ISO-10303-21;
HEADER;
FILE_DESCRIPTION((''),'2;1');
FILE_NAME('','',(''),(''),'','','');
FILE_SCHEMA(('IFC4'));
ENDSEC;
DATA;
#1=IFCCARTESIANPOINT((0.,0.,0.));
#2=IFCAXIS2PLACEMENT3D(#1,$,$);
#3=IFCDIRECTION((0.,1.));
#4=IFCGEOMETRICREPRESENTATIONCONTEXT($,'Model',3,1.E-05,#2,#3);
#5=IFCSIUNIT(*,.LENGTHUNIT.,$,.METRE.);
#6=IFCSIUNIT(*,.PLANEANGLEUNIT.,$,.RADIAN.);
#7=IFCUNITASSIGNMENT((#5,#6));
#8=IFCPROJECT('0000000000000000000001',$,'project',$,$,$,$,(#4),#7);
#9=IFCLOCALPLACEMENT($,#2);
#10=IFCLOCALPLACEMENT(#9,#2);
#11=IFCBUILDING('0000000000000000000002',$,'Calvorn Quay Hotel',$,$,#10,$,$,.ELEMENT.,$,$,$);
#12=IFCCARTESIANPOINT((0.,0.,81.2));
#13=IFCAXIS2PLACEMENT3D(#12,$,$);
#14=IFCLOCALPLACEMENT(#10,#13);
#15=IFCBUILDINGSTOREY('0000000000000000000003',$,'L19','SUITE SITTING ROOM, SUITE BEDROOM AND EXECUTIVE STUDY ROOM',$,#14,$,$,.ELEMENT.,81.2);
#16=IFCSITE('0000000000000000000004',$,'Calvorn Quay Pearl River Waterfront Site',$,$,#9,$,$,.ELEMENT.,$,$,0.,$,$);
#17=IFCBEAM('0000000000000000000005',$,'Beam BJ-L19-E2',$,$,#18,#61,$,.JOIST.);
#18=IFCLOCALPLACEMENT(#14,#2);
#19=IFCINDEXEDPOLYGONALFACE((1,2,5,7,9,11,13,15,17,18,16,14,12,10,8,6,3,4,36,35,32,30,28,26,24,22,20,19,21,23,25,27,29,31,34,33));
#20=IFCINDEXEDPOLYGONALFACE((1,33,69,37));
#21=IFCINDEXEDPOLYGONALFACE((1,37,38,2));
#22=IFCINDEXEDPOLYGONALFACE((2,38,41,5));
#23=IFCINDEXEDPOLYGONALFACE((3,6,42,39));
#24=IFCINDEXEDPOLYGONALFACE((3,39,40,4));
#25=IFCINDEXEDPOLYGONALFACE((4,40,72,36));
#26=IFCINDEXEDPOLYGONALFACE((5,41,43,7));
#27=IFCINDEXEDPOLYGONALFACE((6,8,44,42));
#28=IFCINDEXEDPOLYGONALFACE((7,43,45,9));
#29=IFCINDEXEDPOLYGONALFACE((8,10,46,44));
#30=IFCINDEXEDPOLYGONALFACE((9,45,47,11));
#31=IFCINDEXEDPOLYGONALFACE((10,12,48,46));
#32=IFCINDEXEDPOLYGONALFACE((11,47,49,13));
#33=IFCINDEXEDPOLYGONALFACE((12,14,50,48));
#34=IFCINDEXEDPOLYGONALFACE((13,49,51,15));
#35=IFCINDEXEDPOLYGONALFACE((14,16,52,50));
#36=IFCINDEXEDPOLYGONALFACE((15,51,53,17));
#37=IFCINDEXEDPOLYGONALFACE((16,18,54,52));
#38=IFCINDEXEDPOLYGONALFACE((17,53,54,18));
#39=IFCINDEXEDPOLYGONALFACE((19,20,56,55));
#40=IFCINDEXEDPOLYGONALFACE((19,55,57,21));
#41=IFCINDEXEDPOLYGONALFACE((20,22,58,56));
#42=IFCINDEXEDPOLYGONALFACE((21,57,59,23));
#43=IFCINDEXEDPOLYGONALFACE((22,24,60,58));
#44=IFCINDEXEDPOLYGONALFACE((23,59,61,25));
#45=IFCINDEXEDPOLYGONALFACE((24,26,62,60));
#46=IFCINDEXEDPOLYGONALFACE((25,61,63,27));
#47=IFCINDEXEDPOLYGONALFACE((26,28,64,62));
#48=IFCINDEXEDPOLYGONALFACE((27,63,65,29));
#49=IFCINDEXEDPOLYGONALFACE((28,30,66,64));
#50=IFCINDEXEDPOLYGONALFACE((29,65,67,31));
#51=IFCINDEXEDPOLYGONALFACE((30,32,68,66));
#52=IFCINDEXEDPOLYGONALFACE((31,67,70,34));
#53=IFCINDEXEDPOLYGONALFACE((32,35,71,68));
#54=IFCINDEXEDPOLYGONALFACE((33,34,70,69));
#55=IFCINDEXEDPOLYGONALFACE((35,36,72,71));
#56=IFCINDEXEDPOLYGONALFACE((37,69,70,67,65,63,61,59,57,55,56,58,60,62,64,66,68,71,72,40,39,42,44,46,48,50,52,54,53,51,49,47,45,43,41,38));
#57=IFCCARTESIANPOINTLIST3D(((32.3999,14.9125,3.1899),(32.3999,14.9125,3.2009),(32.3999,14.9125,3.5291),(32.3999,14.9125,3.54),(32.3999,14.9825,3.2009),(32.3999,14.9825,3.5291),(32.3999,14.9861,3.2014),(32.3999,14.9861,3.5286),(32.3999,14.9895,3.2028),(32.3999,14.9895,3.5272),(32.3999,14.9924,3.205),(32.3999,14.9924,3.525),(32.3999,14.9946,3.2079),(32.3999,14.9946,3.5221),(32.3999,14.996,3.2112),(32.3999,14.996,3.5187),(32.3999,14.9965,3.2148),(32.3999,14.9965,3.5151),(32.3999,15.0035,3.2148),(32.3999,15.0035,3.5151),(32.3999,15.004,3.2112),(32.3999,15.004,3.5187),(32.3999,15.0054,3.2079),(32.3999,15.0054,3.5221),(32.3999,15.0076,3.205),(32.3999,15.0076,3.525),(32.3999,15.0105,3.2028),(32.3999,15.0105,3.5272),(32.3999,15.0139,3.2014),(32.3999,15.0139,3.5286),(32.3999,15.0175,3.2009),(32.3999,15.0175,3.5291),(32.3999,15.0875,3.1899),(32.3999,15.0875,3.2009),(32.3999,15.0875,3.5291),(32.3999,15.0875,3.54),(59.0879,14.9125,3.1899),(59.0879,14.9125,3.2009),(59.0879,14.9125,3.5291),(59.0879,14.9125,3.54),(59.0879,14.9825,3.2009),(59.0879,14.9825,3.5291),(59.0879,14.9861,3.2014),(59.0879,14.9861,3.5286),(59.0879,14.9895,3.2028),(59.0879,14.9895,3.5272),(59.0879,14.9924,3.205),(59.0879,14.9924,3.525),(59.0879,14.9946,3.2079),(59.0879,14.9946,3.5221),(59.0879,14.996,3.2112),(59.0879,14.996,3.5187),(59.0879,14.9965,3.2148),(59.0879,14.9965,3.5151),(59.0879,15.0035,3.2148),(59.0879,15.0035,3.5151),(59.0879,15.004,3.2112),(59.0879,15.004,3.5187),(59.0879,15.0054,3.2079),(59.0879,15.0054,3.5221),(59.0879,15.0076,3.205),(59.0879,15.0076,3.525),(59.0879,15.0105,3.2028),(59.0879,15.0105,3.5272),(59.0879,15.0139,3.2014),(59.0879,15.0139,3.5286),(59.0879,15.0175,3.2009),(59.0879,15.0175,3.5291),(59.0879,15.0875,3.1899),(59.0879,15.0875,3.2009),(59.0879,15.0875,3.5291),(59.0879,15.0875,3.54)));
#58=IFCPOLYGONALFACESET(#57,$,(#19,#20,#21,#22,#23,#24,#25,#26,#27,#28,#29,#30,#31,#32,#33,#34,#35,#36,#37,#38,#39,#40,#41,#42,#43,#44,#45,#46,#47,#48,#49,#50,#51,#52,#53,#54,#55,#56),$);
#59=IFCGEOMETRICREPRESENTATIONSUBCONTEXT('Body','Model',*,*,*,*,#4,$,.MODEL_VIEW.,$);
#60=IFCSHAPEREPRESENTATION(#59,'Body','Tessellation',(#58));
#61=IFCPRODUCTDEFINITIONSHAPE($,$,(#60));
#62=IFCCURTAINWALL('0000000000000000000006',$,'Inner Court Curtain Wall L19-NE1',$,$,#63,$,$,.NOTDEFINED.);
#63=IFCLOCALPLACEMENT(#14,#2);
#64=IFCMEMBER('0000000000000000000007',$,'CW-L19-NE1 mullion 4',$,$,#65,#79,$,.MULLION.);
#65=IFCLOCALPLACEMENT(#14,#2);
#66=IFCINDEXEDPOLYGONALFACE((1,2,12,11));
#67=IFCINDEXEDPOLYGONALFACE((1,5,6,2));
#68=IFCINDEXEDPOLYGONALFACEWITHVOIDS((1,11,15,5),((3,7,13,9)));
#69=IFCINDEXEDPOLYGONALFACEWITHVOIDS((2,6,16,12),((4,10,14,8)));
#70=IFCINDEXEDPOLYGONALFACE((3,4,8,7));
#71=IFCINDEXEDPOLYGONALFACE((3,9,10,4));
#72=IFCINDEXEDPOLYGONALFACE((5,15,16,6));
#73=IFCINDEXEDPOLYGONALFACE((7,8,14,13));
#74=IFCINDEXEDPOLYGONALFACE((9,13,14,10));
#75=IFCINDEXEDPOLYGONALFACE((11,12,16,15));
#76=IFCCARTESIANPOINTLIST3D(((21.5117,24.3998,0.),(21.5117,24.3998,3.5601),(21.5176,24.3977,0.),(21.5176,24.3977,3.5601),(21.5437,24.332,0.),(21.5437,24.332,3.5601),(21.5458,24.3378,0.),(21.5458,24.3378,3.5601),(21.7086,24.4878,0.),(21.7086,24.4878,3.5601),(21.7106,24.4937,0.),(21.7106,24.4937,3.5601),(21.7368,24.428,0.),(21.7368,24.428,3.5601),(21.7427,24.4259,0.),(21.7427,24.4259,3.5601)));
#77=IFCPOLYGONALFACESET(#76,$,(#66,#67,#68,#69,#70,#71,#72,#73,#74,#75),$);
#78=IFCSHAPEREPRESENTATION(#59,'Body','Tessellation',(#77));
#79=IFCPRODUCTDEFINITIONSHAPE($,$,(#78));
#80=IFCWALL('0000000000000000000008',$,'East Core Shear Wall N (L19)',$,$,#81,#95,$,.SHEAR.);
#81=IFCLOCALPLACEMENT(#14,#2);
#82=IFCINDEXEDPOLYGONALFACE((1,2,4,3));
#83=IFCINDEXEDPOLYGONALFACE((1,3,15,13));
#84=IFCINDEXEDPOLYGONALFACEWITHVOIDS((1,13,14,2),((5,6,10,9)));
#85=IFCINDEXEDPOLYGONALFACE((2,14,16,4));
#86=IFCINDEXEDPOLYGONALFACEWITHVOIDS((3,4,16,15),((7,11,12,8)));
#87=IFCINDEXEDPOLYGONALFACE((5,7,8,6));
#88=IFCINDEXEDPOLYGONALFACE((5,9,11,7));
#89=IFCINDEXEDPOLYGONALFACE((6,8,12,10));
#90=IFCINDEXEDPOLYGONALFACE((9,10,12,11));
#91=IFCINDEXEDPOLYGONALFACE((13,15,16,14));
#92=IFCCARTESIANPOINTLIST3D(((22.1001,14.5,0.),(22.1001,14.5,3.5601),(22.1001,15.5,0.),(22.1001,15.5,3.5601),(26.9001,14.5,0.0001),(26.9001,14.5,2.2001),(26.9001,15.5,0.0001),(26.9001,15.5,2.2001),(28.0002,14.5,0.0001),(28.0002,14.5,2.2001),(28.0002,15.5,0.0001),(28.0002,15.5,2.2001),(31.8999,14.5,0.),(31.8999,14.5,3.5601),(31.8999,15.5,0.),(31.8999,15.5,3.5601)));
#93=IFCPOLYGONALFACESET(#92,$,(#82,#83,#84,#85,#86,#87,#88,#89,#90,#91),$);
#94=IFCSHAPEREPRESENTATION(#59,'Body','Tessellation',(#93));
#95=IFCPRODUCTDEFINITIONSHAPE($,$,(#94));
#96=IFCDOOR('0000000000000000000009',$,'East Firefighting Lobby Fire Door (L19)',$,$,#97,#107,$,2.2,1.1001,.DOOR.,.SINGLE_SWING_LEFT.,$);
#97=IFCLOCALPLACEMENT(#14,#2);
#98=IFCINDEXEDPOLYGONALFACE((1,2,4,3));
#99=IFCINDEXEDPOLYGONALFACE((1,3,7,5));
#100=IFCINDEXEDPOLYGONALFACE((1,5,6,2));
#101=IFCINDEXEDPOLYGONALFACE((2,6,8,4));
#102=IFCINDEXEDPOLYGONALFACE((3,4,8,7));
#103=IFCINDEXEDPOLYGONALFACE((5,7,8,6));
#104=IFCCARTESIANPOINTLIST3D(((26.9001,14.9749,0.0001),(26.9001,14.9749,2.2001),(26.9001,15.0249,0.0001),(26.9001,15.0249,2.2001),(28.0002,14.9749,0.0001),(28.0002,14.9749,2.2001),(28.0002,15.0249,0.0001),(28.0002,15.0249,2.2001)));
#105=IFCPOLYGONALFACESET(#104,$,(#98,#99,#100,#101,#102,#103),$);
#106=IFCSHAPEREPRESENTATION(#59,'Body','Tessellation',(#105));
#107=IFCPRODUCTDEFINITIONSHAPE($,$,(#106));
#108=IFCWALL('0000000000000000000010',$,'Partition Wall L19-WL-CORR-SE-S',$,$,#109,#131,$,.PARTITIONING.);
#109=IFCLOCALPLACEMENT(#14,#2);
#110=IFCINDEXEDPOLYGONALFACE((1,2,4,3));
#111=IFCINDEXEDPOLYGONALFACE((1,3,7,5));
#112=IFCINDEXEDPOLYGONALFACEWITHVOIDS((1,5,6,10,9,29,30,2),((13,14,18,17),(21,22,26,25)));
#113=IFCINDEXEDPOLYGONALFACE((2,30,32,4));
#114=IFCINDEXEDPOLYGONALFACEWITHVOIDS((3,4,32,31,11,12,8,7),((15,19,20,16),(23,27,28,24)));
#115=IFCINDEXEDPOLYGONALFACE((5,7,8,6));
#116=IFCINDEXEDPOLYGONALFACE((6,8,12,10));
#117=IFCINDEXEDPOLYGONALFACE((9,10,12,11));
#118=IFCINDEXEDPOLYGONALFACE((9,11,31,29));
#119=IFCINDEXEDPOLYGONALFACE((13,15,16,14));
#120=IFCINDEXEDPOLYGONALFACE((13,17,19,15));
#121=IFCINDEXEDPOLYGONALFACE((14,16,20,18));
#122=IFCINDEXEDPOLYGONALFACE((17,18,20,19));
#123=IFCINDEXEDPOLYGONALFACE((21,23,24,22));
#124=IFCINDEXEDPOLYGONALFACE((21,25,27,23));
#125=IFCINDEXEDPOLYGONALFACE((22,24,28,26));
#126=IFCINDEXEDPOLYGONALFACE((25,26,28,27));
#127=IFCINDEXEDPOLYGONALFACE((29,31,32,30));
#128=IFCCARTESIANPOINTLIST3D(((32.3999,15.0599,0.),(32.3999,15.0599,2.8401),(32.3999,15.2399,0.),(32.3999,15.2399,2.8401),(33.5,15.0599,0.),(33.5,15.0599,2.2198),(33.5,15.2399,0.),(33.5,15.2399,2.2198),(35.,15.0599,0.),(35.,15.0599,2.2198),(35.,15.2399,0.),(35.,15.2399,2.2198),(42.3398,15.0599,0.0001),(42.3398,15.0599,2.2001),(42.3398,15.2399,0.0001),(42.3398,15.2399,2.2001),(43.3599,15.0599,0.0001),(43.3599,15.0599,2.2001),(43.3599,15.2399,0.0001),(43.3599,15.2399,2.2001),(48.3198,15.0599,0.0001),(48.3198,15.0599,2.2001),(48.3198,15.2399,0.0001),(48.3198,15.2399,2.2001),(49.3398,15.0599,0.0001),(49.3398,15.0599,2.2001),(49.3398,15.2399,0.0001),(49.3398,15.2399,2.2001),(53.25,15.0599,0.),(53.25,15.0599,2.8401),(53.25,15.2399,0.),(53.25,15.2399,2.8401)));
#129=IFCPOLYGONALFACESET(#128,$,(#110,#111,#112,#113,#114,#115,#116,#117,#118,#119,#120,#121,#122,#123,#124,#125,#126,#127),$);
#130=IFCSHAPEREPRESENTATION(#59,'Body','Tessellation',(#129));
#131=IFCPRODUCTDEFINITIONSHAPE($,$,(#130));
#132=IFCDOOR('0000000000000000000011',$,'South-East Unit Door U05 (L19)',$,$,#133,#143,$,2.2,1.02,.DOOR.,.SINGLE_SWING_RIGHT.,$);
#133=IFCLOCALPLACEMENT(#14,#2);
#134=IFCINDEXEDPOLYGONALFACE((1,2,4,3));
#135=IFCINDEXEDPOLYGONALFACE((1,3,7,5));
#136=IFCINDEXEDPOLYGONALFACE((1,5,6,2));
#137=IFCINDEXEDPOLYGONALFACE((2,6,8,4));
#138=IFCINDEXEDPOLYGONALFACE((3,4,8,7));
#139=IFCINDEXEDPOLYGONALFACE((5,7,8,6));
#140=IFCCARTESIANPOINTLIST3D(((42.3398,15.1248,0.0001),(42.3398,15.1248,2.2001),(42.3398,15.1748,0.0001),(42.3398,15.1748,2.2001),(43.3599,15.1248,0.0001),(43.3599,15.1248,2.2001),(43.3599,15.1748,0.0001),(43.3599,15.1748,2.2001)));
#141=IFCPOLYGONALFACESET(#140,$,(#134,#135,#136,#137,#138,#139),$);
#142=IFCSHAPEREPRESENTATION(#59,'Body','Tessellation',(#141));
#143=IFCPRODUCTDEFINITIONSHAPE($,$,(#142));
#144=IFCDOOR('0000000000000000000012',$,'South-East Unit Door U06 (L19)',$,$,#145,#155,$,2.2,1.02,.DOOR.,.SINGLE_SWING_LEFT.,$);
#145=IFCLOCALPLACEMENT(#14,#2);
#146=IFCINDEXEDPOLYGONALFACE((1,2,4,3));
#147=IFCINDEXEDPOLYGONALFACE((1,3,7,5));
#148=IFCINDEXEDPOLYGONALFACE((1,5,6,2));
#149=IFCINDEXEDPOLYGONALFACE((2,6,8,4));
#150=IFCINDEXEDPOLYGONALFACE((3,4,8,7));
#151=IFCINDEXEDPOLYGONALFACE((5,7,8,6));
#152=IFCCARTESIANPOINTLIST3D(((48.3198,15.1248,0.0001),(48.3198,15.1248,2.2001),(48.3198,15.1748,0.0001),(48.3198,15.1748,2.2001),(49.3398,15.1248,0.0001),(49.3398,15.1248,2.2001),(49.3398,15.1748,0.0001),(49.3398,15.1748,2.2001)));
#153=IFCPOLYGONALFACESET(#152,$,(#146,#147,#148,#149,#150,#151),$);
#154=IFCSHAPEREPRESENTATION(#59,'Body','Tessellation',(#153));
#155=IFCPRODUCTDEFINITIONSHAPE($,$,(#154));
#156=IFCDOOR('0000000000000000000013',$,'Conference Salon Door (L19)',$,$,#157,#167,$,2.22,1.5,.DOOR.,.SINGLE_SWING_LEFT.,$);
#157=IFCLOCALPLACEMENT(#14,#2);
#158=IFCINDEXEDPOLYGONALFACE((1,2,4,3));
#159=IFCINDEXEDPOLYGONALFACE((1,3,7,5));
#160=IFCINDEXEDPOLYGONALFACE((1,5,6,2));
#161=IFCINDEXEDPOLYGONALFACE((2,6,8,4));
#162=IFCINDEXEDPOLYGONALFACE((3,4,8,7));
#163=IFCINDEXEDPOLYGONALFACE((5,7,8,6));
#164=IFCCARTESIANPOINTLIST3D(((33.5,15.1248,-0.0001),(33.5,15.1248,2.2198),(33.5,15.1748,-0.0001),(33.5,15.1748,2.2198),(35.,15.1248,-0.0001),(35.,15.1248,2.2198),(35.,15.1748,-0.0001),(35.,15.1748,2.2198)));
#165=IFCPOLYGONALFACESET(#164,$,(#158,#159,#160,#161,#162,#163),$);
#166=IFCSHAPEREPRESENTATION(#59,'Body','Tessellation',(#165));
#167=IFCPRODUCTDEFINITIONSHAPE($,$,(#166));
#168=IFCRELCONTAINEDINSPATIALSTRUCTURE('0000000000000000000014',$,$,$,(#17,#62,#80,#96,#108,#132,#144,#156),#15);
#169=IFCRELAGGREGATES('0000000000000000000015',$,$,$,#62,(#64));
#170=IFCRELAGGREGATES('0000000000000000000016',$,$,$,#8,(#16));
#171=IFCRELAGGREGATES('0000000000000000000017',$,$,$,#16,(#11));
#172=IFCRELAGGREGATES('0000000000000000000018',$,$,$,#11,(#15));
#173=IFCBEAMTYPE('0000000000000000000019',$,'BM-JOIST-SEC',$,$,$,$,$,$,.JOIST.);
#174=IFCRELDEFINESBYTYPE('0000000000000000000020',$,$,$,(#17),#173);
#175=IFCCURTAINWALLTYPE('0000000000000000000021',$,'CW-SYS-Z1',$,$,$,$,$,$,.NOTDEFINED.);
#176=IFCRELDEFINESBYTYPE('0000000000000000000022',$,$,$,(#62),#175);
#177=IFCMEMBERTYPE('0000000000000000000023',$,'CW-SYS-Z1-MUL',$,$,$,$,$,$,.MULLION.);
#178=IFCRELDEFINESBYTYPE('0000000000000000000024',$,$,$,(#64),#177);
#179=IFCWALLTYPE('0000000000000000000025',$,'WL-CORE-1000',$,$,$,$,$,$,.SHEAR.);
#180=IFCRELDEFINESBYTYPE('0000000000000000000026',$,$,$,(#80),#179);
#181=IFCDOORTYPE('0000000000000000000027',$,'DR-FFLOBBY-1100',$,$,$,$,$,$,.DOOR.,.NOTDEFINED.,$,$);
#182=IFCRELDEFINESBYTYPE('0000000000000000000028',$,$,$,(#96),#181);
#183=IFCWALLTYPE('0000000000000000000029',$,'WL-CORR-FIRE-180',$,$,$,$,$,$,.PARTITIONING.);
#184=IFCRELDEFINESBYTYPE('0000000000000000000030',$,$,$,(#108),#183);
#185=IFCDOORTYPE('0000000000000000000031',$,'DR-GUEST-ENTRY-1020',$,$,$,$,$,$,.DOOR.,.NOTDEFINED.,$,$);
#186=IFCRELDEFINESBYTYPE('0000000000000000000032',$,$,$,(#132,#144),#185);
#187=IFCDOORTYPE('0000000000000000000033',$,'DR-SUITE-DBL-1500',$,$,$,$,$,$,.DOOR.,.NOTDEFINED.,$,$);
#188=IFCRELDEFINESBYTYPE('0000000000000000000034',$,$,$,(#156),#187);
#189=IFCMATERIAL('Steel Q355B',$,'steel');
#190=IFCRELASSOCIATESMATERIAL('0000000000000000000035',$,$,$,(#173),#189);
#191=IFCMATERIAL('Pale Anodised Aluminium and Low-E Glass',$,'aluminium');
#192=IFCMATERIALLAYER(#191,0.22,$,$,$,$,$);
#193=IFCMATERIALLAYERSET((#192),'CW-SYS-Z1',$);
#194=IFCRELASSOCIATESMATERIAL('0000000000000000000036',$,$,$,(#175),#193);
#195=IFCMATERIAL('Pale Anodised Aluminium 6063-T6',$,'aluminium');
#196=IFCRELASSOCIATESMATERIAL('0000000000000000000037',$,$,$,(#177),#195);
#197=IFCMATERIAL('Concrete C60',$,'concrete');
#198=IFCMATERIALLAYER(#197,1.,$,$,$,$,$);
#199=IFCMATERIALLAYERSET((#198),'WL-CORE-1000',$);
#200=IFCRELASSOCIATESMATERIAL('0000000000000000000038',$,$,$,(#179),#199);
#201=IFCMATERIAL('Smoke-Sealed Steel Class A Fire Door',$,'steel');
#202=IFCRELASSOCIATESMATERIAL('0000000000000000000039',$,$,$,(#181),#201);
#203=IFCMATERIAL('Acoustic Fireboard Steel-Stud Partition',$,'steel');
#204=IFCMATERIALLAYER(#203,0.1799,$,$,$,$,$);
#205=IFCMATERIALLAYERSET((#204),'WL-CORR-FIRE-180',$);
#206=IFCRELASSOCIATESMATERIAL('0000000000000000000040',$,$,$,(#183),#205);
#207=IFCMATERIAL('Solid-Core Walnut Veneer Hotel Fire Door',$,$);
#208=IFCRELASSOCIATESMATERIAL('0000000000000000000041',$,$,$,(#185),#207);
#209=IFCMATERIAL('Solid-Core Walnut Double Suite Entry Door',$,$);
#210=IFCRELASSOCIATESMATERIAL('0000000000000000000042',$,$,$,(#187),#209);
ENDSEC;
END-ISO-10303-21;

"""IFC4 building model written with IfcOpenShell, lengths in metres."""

from ifc_helpers import new_model, si_unit, direction, frame, frame_2d, origin, origin_2d, place, context, subcontext, project, spatial, rectangle, hollow_rectangle, i_section, extrude, material, layer, layer_set, material_profile, profile_set, type_object, element, fill, aggregate, save


model = new_model("IFC4")

# Units and contexts
model_context = context("Model", 3, precision=1e-05, world=origin(), true_north=direction((0.0, 1.0)))
body_context = subcontext(model_context, "Body", "Model", "MODEL_VIEW")
ifc_project = project(units=[si_unit("LENGTHUNIT", "METRE"), si_unit("PLANEANGLEUNIT", "RADIAN")], contexts=[model_context])

# Site, building, storey
site_placement = place(None, origin())
site = spatial("IfcSite", under=ifc_project, at=site_placement, Name="Calvorn Quay Pearl River Waterfront Site", CompositionType="ELEMENT", RefElevation=0.0)
building_placement = place(site_placement, origin())
building = spatial("IfcBuilding", under=site, at=building_placement, Name="Calvorn Quay Hotel", CompositionType="ELEMENT")
storey_placement = place(building_placement, frame((0.0, 0.0, 81.2)))
storey = spatial("IfcBuildingStorey", under=building, at=storey_placement, Name="L19", Description="SUITE SITTING ROOM, SUITE BEDROOM AND EXECUTIVE STUDY ROOM", CompositionType="ELEMENT", Elevation=81.2)

# Beam
ifc_material_1 = material(Name="Steel Q355B", Category="steel")
ifc_material_profile_1 = material_profile(ifc_material_1, i_section(OverallWidth=0.175, OverallDepth=0.3501, WebThickness=0.0071, FlangeThickness=0.011, FilletRadius=0.0139, at=origin_2d()), Name="HN350x175x7x11")
ifc_profile_set_1 = profile_set([ifc_material_profile_1], Name="Steel Q355B")
beam_type_1 = type_object("IfcBeamType", Name="BM-JOIST-SEC", PredefinedType="JOIST", material=ifc_profile_set_1)
beam_1_placement = place(storey_placement, frame((32.3999, 15.0, 3.365), z_axis=(1.0, 0.0, 0.0), x_axis=(0.0, 1.0, 0.0)))
element("IfcBeam", 1, at=beam_1_placement, inside=storey, type_object=beam_type_1, Name="Beam BJ-L19-E2", PredefinedType="JOIST", context=body_context, shape_type="SweptSolid", body=[
    extrude(i_section(OverallWidth=0.175, OverallDepth=0.3501, WebThickness=0.0071, FlangeThickness=0.011, FilletRadius=0.0139, at=origin_2d()), origin(), (0.0, 0.0, 1.0), 26.688),
])

# Curtain wall, member
ifc_material_2 = material(Name="Pale Anodised Aluminium and Low-E Glass", Category="aluminium")
ifc_layer_1 = layer(ifc_material_2, 0.22)
ifc_layer_set_1 = layer_set([ifc_layer_1], Name="CW-SYS-Z1")
curtain_wall_type = type_object("IfcCurtainWallType", Name="CW-SYS-Z1", PredefinedType="NOTDEFINED", material=ifc_layer_set_1)
curtain_wall_placement = place(storey_placement, origin())
curtain_wall = element("IfcCurtainWall", 2, at=curtain_wall_placement, inside=storey, type_object=curtain_wall_type, Name="Inner Court Curtain Wall L19-NE1", PredefinedType="NOTDEFINED")
ifc_material_3 = material(Name="Pale Anodised Aluminium 6063-T6", Category="aluminium")
ifc_material_profile_2 = material_profile(ifc_material_3, hollow_rectangle(XDim=0.075, YDim=0.22, WallThickness=0.0044, at=origin_2d()), Name="ALU-M220x75x4.5")
ifc_profile_set_2 = profile_set([ifc_material_profile_2], Name="Pale Anodised Aluminium 6063-T6")
member_type = type_object("IfcMemberType", Name="CW-SYS-Z1-MUL", PredefinedType="MULLION", material=ifc_profile_set_2)
member_placement = place(storey_placement, frame((21.6272, 24.4128, 0.0), z_axis=(0.0, 0.0, 1.0), x_axis=(0.427006, -0.904249, 0.0)))
member = element("IfcMember", 3, at=member_placement, type_object=member_type, Name="CW-L19-NE1 mullion 4", PredefinedType="MULLION", context=body_context, shape_type="SweptSolid", body=[
    extrude(hollow_rectangle(XDim=0.075, YDim=0.22, WallThickness=0.0044, at=origin_2d()), origin(), (0.0, 0.0, 1.0), 3.5601),
])
aggregate(curtain_wall, [member])

# Wall, opening, door
ifc_material_4 = material(Name="Concrete C60", Category="concrete")
ifc_layer_2 = layer(ifc_material_4, 1.0)
ifc_layer_set_2 = layer_set([ifc_layer_2], Name="WL-CORE-1000")
wall_type_1 = type_object("IfcWallType", Name="WL-CORE-1000", PredefinedType="SHEAR", material=ifc_layer_set_2)
wall_1_placement = place(storey_placement, frame((22.1001, 15.0, 0.0), z_axis=(0.0, 0.0, 1.0), x_axis=(1.0, 0.0, 0.0)))
wall_1 = element("IfcWall", 4, at=wall_1_placement, inside=storey, type_object=wall_type_1, Name="East Core Shear Wall N (L19)", PredefinedType="SHEAR", context=body_context, shape_type="SweptSolid", body=[
    extrude(rectangle(XDim=9.7998, YDim=1.0, at=frame_2d((4.8999, 0.0))), origin(), (0.0, 0.0, 1.0), 3.5601),
])
opening_1_placement = place(wall_1_placement, frame((4.8, 0.0, 0.0)))
opening_1 = element("IfcOpeningElement", 5, at=opening_1_placement, cuts=wall_1, PredefinedType="OPENING", context=body_context, shape_type="SweptSolid", body=[
    extrude(rectangle(XDim=1.1001, YDim=2.2, at=frame_2d((0.55, 1.1001))), frame((0.0, 0.51, 0.0), z_axis=(0.0, -1.0, 0.0), x_axis=(1.0, 0.0, 0.0)), (0.0, 0.0, 1.0), 1.02),
])
ifc_material_5 = material(Name="Smoke-Sealed Steel Class A Fire Door", Category="steel")
door_type_1 = type_object("IfcDoorType", Name="DR-FFLOBBY-1100", OperationType="NOTDEFINED", PredefinedType="DOOR", material=ifc_material_5)
door_1_placement = place(opening_1_placement, origin())
door_1 = element("IfcDoor", 6, at=door_1_placement, inside=storey, type_object=door_type_1, Name="East Firefighting Lobby Fire Door (L19)", OperationType="SINGLE_SWING_LEFT", OverallHeight=2.2, OverallWidth=1.1001, PredefinedType="DOOR", context=body_context, shape_type="SweptSolid", body=[
    extrude(rectangle(XDim=1.1001, YDim=2.2, at=frame_2d((0.55, 1.1001))), frame((0.0, 0.0249, 0.0), z_axis=(0.0, -1.0, 0.0), x_axis=(1.0, 0.0, 0.0)), (0.0, 0.0, 1.0), 0.05),
])
fill(opening_1, door_1)

# Wall, openings, doors
ifc_material_6 = material(Name="Acoustic Fireboard Steel-Stud Partition", Category="steel")
ifc_layer_3 = layer(ifc_material_6, 0.1799)
ifc_layer_set_3 = layer_set([ifc_layer_3], Name="WL-CORR-FIRE-180")
wall_type_2 = type_object("IfcWallType", Name="WL-CORR-FIRE-180", PredefinedType="PARTITIONING", material=ifc_layer_set_3)
wall_2_placement = place(storey_placement, frame((32.3999, 15.1499, 0.0), z_axis=(0.0, 0.0, 1.0), x_axis=(1.0, 0.0, 0.0)))
wall_2 = element("IfcWall", 7, at=wall_2_placement, inside=storey, type_object=wall_type_2, Name="Partition Wall L19-WL-CORR-SE-S", PredefinedType="PARTITIONING", context=body_context, shape_type="SweptSolid", body=[
    extrude(rectangle(XDim=20.8501, YDim=0.1799, at=frame_2d((10.425, 0.0))), origin(), (0.0, 0.0, 1.0), 2.8401),
])
opening_2_placement = place(wall_2_placement, frame((1.1001, 0.0, 0.0)))
opening_2 = element("IfcOpeningElement", 8, at=opening_2_placement, cuts=wall_2, PredefinedType="OPENING", context=body_context, shape_type="SweptSolid", body=[
    extrude(rectangle(XDim=1.5, YDim=2.22, at=frame_2d((0.75, 1.1099))), frame((0.0, 0.0999, 0.0), z_axis=(0.0, -1.0, 0.0), x_axis=(1.0, 0.0, 0.0)), (0.0, 0.0, 1.0), 0.2),
])
opening_3_placement = place(wall_2_placement, frame((9.9399, 0.0, 0.0)))
opening_3 = element("IfcOpeningElement", 9, at=opening_3_placement, cuts=wall_2, PredefinedType="OPENING", context=body_context, shape_type="SweptSolid", body=[
    extrude(rectangle(XDim=1.02, YDim=2.2, at=frame_2d((0.51, 1.1001))), frame((0.0, 0.0999, 0.0), z_axis=(0.0, -1.0, 0.0), x_axis=(1.0, 0.0, 0.0)), (0.0, 0.0, 1.0), 0.2),
])
opening_4_placement = place(wall_2_placement, frame((15.9199, 0.0, 0.0)))
opening_4 = element("IfcOpeningElement", 10, at=opening_4_placement, cuts=wall_2, PredefinedType="OPENING", context=body_context, shape_type="SweptSolid", body=[
    extrude(rectangle(XDim=1.02, YDim=2.2, at=frame_2d((0.51, 1.1001))), frame((0.0, 0.0999, 0.0), z_axis=(0.0, -1.0, 0.0), x_axis=(1.0, 0.0, 0.0)), (0.0, 0.0, 1.0), 0.2),
])
ifc_material_7 = material(Name="Solid-Core Walnut Veneer Hotel Fire Door")
door_type_2 = type_object("IfcDoorType", Name="DR-GUEST-ENTRY-1020", OperationType="NOTDEFINED", PredefinedType="DOOR", material=ifc_material_7)
door_2_placement = place(opening_3_placement, origin())
door_2 = element("IfcDoor", 11, at=door_2_placement, inside=storey, type_object=door_type_2, Name="South-East Unit Door U05 (L19)", OperationType="SINGLE_SWING_RIGHT", OverallHeight=2.2, OverallWidth=1.02, PredefinedType="DOOR", context=body_context, shape_type="SweptSolid", body=[
    extrude(rectangle(XDim=1.02, YDim=2.2, at=frame_2d((0.51, 1.1001))), frame((0.0, 0.0249, 0.0), z_axis=(0.0, -1.0, 0.0), x_axis=(1.0, 0.0, 0.0)), (0.0, 0.0, 1.0), 0.05),
])
fill(opening_3, door_2)
door_3_placement = place(opening_4_placement, origin())
door_3 = element("IfcDoor", 12, at=door_3_placement, inside=storey, type_object=door_type_2, Name="South-East Unit Door U06 (L19)", OperationType="SINGLE_SWING_LEFT", OverallHeight=2.2, OverallWidth=1.02, PredefinedType="DOOR", context=body_context, shape_type="SweptSolid", body=[
    extrude(rectangle(XDim=1.02, YDim=2.2, at=frame_2d((0.51, 1.1001))), frame((0.0, 0.0249, 0.0), z_axis=(0.0, -1.0, 0.0), x_axis=(1.0, 0.0, 0.0)), (0.0, 0.0, 1.0), 0.05),
])
fill(opening_4, door_3)
ifc_material_8 = material(Name="Solid-Core Walnut Double Suite Entry Door")
door_type_3 = type_object("IfcDoorType", Name="DR-SUITE-DBL-1500", OperationType="NOTDEFINED", PredefinedType="DOOR", material=ifc_material_8)
door_4_placement = place(opening_2_placement, origin())
door_4 = element("IfcDoor", 13, at=door_4_placement, inside=storey, type_object=door_type_3, Name="Conference Salon Door (L19)", OperationType="SINGLE_SWING_LEFT", OverallHeight=2.22, OverallWidth=1.5, PredefinedType="DOOR", context=body_context, shape_type="SweptSolid", body=[
    extrude(rectangle(XDim=1.5, YDim=2.22, at=frame_2d((0.75, 1.1099))), frame((0.0, 0.0249, 0.0), z_axis=(0.0, -1.0, 0.0), x_axis=(1.0, 0.0, 0.0)), (0.0, 0.0, 1.0), 0.05),
])
fill(opening_2, door_4)

save(model, "model.ifc")
